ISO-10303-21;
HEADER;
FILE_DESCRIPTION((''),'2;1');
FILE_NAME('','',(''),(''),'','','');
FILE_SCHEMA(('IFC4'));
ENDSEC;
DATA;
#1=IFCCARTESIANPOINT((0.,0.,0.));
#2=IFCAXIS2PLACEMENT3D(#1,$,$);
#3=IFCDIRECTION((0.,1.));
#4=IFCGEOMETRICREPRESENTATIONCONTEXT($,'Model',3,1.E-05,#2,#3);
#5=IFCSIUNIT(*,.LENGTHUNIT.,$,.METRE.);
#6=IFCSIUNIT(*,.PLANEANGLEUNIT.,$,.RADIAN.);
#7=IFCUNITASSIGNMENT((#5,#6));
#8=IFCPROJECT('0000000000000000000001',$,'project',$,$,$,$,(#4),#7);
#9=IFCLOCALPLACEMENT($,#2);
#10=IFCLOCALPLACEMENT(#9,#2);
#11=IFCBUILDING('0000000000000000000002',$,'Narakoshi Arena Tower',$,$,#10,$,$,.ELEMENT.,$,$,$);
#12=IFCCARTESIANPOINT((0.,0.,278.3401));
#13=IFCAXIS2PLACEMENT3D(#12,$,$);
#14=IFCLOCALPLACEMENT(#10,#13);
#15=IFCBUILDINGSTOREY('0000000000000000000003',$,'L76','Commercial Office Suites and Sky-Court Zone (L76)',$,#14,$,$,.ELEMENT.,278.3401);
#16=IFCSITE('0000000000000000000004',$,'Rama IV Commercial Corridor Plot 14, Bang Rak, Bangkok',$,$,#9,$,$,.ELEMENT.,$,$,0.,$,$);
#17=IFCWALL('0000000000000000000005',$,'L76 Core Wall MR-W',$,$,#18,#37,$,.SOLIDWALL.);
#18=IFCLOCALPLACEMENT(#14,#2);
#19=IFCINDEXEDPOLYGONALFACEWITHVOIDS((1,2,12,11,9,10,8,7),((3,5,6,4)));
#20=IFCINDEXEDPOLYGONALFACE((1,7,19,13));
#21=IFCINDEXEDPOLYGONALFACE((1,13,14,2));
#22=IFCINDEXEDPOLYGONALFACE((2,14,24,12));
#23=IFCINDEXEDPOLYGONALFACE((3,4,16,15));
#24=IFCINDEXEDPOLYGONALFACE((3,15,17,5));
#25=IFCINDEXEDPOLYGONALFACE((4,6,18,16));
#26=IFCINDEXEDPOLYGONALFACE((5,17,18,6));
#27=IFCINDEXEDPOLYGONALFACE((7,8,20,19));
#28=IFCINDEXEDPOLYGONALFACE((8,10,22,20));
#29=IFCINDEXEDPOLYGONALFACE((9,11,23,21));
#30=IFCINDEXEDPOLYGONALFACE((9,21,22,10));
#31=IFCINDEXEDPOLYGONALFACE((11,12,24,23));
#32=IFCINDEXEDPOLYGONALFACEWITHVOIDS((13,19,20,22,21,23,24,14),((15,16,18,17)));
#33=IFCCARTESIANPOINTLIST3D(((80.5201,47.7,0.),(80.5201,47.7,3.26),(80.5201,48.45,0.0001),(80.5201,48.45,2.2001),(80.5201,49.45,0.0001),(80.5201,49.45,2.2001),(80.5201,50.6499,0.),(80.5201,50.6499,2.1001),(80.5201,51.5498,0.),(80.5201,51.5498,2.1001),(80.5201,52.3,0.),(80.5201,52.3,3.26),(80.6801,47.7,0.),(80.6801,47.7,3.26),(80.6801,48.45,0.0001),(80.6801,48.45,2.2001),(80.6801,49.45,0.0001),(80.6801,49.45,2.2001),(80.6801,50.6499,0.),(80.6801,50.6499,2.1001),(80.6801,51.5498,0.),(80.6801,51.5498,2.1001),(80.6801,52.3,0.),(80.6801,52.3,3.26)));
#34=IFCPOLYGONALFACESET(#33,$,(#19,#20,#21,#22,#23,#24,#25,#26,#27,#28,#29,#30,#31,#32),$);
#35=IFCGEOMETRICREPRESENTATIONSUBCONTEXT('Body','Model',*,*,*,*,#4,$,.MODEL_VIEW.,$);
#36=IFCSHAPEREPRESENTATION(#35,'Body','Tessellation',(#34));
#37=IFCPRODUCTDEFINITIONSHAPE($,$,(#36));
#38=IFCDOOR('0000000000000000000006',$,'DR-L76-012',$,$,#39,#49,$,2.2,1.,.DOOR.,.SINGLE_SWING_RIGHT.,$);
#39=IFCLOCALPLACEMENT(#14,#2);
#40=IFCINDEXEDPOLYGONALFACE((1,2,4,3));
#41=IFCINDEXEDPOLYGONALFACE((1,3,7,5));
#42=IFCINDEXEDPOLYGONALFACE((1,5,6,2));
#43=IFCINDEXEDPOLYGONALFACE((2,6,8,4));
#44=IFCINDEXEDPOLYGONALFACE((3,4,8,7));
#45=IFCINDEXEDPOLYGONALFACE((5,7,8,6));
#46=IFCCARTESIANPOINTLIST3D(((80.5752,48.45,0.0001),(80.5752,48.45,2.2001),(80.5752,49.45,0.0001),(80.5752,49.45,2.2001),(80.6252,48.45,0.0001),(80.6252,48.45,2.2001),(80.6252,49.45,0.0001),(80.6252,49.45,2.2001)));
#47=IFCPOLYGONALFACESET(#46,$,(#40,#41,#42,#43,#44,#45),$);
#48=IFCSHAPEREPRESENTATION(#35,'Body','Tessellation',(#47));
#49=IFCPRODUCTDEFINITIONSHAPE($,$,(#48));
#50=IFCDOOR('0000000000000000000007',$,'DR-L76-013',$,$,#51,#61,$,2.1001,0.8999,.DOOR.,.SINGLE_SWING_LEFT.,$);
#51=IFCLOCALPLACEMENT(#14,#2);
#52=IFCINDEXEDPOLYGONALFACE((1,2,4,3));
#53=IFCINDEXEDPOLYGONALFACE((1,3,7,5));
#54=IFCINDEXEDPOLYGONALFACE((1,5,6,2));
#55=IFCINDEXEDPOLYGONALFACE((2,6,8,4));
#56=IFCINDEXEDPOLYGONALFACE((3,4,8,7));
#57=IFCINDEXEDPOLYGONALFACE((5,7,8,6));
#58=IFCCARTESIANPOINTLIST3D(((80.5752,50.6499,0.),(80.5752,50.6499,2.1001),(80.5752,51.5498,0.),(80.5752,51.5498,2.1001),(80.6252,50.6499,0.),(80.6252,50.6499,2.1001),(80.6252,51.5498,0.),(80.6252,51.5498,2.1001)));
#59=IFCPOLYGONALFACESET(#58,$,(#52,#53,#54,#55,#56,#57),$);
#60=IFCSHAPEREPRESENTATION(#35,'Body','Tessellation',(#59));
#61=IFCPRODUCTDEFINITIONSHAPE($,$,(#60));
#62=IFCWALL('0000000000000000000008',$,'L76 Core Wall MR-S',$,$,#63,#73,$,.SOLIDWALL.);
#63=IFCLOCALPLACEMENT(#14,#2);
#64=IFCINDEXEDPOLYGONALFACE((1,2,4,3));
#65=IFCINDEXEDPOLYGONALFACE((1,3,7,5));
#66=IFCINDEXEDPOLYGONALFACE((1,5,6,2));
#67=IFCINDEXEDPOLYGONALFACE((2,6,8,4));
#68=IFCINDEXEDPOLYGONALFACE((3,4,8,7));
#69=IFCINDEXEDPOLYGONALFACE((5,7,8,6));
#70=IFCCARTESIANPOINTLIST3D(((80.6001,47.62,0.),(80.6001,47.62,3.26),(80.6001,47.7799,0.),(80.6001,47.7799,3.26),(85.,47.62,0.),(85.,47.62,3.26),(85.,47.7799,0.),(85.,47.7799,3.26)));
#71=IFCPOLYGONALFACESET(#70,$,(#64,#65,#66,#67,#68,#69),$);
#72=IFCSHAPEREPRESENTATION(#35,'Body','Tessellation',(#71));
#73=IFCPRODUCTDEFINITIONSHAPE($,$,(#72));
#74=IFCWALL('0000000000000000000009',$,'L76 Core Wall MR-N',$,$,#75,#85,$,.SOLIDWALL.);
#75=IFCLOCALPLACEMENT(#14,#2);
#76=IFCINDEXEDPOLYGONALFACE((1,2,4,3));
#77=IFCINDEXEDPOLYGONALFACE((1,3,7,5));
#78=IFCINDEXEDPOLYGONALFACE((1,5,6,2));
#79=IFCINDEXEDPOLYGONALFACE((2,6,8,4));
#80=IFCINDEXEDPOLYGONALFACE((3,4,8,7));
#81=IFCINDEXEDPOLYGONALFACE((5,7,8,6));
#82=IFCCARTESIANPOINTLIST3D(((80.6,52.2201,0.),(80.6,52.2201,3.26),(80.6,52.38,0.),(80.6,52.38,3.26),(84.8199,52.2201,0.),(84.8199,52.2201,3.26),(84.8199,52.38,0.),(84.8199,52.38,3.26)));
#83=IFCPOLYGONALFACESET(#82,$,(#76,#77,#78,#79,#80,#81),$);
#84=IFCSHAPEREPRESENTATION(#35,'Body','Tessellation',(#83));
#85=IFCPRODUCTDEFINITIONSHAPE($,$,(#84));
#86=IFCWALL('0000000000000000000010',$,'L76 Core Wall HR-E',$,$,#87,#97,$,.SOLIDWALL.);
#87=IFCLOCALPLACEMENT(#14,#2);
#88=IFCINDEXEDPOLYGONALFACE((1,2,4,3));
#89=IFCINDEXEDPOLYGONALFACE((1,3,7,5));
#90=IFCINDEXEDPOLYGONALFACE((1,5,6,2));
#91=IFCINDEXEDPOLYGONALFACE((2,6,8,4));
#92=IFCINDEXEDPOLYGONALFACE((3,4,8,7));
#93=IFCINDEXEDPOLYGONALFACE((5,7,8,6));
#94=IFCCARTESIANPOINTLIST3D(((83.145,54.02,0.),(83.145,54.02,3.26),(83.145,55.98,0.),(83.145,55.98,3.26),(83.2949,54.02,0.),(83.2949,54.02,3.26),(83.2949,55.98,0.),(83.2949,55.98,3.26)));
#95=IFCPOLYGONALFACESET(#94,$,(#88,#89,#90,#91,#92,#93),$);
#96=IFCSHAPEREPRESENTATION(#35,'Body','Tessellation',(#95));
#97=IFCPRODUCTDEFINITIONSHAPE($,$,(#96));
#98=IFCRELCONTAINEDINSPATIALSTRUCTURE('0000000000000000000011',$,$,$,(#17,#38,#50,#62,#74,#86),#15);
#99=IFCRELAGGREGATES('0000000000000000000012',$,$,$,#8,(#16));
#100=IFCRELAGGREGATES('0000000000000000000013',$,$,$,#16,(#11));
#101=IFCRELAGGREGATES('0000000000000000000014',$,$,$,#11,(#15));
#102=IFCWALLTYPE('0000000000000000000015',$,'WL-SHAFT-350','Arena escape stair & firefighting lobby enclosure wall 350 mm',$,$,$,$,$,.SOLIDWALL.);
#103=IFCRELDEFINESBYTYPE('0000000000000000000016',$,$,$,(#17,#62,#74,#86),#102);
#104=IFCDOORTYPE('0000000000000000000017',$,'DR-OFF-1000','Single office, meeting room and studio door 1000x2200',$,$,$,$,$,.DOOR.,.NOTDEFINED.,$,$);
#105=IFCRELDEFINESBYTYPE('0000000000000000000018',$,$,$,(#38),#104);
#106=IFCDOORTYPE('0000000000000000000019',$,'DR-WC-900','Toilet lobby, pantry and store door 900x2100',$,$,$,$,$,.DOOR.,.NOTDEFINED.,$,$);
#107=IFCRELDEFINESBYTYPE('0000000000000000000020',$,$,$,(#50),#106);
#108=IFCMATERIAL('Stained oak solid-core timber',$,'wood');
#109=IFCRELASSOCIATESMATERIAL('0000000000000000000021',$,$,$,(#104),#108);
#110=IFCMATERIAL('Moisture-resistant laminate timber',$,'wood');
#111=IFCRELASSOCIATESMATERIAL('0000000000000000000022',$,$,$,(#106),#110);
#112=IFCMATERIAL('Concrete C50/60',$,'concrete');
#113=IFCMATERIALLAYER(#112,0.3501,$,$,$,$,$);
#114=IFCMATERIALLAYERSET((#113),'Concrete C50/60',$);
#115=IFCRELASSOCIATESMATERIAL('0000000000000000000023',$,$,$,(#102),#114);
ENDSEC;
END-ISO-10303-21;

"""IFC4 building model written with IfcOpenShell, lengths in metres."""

from ifc_helpers import new_model, si_unit, direction, frame, frame_2d, origin, place, context, subcontext, project, spatial, rectangle, extrude, material, layer, layer_set, type_object, element, fill, save


model = new_model("IFC4")

# Units and contexts
model_context = context("Model", 3, precision=1e-05, world=origin(), true_north=direction((0.0, 1.0)))
body_context = subcontext(model_context, "Body", "Model", "MODEL_VIEW")
ifc_project = project(units=[si_unit("LENGTHUNIT", "METRE"), si_unit("PLANEANGLEUNIT", "RADIAN")], contexts=[model_context])

# Site, building, storey
site_placement = place(None, origin())
site = spatial("IfcSite", under=ifc_project, at=site_placement, Name="Rama IV Commercial Corridor Plot 14, Bang Rak, Bangkok", CompositionType="ELEMENT", RefElevation=0.0)
building_placement = place(site_placement, origin())
building = spatial("IfcBuilding", under=site, at=building_placement, Name="Narakoshi Arena Tower", CompositionType="ELEMENT")
storey_placement = place(building_placement, frame((0.0, 0.0, 278.3401)))
storey = spatial("IfcBuildingStorey", under=building, at=storey_placement, Name="L76", Description="Commercial Office Suites and Sky-Court Zone (L76)", CompositionType="ELEMENT", Elevation=278.3401)

# Shared definitions
ifc_material_1 = material(Name="Concrete C50/60", Category="concrete")

# Shared definitions
ifc_material_2 = material(Name="Stained oak solid-core timber", Category="wood")
door_type_1 = type_object("IfcDoorType", Name="DR-OFF-1000", Description="Single office, meeting room and studio door 1000x2200", OperationType="NOTDEFINED", PredefinedType="DOOR", material=ifc_material_2)

# Shared definitions
ifc_material_3 = material(Name="Moisture-resistant laminate timber", Category="wood")
door_type_2 = type_object("IfcDoorType", Name="DR-WC-900", Description="Toilet lobby, pantry and store door 900x2100", OperationType="NOTDEFINED", PredefinedType="DOOR", material=ifc_material_3)

# Shared definitions
ifc_layer_1 = layer(ifc_material_1, 0.3501)
ifc_layer_set_1 = layer_set([ifc_layer_1], Name="Concrete C50/60")
wall_type_1 = type_object("IfcWallType", Name="WL-SHAFT-350", Description="Arena escape stair & firefighting lobby enclosure wall 350 mm", PredefinedType="SOLIDWALL", material=ifc_layer_set_1)

# Wall, openings, doors
wall_1_placement = place(storey_placement, frame((80.6001, 47.7, 0.0), z_axis=(0.0, 0.0, 1.0), x_axis=(0.0, 1.0, 0.0)))
wall_1 = element("IfcWall", 1, at=wall_1_placement, inside=storey, type_object=wall_type_1, Name="L76 Core Wall MR-W", PredefinedType="SOLIDWALL", context=body_context, shape_type="SweptSolid", body=[
    extrude(rectangle(XDim=4.6001, YDim=0.1599, at=frame_2d((2.3, 0.0))), origin(), (0.0, 0.0, 1.0), 3.26),
])
opening_1_placement = place(wall_1_placement, frame((0.75, 0.0, 0.0)))
opening_1 = element("IfcOpeningElement", 2, at=opening_1_placement, cuts=wall_1, PredefinedType="OPENING", context=body_context, shape_type="SweptSolid", body=[
    extrude(rectangle(XDim=1.0, YDim=2.2, at=frame_2d((0.5, 1.1001))), frame((0.0, 0.0898, 0.0), z_axis=(0.0, -1.0, 0.0), x_axis=(1.0, 0.0, 0.0)), (0.0, 0.0, 1.0), 0.1799),
])
opening_2_placement = place(wall_1_placement, frame((2.95, 0.0, 0.0)))
opening_2 = element("IfcOpeningElement", 3, at=opening_2_placement, cuts=wall_1, PredefinedType="OPENING", context=body_context, shape_type="SweptSolid", body=[
    extrude(rectangle(XDim=0.8999, YDim=2.1001, at=frame_2d((0.45, 1.05))), frame((0.0, 0.0898, 0.0), z_axis=(0.0, -1.0, 0.0), x_axis=(1.0, 0.0, 0.0)), (0.0, 0.0, 1.0), 0.1799),
])
door_1_placement = place(opening_1_placement, origin())
door_1 = element("IfcDoor", 4, at=door_1_placement, inside=storey, type_object=door_type_1, Name="DR-L76-012", OperationType="SINGLE_SWING_RIGHT", OverallHeight=2.2, OverallWidth=1.0, PredefinedType="DOOR", context=body_context, shape_type="SweptSolid", body=[
    extrude(rectangle(XDim=1.0, YDim=2.2, at=frame_2d((0.5, 1.1001))), frame((0.0, 0.0249, 0.0), z_axis=(0.0, -1.0, 0.0), x_axis=(1.0, 0.0, 0.0)), (0.0, 0.0, 1.0), 0.05),
])
fill(opening_1, door_1)
door_2_placement = place(opening_2_placement, origin())
door_2 = element("IfcDoor", 5, at=door_2_placement, inside=storey, type_object=door_type_2, Name="DR-L76-013", OperationType="SINGLE_SWING_LEFT", OverallHeight=2.1001, OverallWidth=0.8999, PredefinedType="DOOR", context=body_context, shape_type="SweptSolid", body=[
    extrude(rectangle(XDim=0.8999, YDim=2.1001, at=frame_2d((0.45, 1.05))), frame((0.0, 0.0249, 0.0), z_axis=(0.0, -1.0, 0.0), x_axis=(1.0, 0.0, 0.0)), (0.0, 0.0, 1.0), 0.05),
])
fill(opening_2, door_2)

# Walls
wall_2_placement = place(storey_placement, frame((80.6001, 47.7, 0.0), z_axis=(0.0, 0.0, 1.0), x_axis=(1.0, 0.0, 0.0)))
element("IfcWall", 6, at=wall_2_placement, inside=storey, type_object=wall_type_1, Name="L76 Core Wall MR-S", PredefinedType="SOLIDWALL", context=body_context, shape_type="SweptSolid", body=[
    extrude(rectangle(XDim=4.3999, YDim=0.1599, at=frame_2d((2.2, 0.0))), origin(), (0.0, 0.0, 1.0), 3.26),
])
wall_3_placement = place(storey_placement, frame((80.6001, 52.3, 0.0), z_axis=(0.0, 0.0, 1.0), x_axis=(1.0, 0.0, 0.0)))
element("IfcWall", 7, at=wall_3_placement, inside=storey, type_object=wall_type_1, Name="L76 Core Wall MR-N", PredefinedType="SOLIDWALL", context=body_context, shape_type="SweptSolid", body=[
    extrude(rectangle(XDim=4.22, YDim=0.1599, at=frame_2d((2.1099, 0.0))), origin(), (0.0, 0.0, 1.0), 3.26),
])
wall_4_placement = place(storey_placement, frame((83.22, 54.02, 0.0), z_axis=(0.0, 0.0, 1.0), x_axis=(0.0, 1.0, 0.0)))
element("IfcWall", 8, at=wall_4_placement, inside=storey, type_object=wall_type_1, Name="L76 Core Wall HR-E", PredefinedType="SOLIDWALL", context=body_context, shape_type="SweptSolid", body=[
    extrude(rectangle(XDim=1.96, YDim=0.1499, at=frame_2d((0.98, 0.0))), origin(), (0.0, 0.0, 1.0), 3.26),
])

save(model, "model.ifc")
